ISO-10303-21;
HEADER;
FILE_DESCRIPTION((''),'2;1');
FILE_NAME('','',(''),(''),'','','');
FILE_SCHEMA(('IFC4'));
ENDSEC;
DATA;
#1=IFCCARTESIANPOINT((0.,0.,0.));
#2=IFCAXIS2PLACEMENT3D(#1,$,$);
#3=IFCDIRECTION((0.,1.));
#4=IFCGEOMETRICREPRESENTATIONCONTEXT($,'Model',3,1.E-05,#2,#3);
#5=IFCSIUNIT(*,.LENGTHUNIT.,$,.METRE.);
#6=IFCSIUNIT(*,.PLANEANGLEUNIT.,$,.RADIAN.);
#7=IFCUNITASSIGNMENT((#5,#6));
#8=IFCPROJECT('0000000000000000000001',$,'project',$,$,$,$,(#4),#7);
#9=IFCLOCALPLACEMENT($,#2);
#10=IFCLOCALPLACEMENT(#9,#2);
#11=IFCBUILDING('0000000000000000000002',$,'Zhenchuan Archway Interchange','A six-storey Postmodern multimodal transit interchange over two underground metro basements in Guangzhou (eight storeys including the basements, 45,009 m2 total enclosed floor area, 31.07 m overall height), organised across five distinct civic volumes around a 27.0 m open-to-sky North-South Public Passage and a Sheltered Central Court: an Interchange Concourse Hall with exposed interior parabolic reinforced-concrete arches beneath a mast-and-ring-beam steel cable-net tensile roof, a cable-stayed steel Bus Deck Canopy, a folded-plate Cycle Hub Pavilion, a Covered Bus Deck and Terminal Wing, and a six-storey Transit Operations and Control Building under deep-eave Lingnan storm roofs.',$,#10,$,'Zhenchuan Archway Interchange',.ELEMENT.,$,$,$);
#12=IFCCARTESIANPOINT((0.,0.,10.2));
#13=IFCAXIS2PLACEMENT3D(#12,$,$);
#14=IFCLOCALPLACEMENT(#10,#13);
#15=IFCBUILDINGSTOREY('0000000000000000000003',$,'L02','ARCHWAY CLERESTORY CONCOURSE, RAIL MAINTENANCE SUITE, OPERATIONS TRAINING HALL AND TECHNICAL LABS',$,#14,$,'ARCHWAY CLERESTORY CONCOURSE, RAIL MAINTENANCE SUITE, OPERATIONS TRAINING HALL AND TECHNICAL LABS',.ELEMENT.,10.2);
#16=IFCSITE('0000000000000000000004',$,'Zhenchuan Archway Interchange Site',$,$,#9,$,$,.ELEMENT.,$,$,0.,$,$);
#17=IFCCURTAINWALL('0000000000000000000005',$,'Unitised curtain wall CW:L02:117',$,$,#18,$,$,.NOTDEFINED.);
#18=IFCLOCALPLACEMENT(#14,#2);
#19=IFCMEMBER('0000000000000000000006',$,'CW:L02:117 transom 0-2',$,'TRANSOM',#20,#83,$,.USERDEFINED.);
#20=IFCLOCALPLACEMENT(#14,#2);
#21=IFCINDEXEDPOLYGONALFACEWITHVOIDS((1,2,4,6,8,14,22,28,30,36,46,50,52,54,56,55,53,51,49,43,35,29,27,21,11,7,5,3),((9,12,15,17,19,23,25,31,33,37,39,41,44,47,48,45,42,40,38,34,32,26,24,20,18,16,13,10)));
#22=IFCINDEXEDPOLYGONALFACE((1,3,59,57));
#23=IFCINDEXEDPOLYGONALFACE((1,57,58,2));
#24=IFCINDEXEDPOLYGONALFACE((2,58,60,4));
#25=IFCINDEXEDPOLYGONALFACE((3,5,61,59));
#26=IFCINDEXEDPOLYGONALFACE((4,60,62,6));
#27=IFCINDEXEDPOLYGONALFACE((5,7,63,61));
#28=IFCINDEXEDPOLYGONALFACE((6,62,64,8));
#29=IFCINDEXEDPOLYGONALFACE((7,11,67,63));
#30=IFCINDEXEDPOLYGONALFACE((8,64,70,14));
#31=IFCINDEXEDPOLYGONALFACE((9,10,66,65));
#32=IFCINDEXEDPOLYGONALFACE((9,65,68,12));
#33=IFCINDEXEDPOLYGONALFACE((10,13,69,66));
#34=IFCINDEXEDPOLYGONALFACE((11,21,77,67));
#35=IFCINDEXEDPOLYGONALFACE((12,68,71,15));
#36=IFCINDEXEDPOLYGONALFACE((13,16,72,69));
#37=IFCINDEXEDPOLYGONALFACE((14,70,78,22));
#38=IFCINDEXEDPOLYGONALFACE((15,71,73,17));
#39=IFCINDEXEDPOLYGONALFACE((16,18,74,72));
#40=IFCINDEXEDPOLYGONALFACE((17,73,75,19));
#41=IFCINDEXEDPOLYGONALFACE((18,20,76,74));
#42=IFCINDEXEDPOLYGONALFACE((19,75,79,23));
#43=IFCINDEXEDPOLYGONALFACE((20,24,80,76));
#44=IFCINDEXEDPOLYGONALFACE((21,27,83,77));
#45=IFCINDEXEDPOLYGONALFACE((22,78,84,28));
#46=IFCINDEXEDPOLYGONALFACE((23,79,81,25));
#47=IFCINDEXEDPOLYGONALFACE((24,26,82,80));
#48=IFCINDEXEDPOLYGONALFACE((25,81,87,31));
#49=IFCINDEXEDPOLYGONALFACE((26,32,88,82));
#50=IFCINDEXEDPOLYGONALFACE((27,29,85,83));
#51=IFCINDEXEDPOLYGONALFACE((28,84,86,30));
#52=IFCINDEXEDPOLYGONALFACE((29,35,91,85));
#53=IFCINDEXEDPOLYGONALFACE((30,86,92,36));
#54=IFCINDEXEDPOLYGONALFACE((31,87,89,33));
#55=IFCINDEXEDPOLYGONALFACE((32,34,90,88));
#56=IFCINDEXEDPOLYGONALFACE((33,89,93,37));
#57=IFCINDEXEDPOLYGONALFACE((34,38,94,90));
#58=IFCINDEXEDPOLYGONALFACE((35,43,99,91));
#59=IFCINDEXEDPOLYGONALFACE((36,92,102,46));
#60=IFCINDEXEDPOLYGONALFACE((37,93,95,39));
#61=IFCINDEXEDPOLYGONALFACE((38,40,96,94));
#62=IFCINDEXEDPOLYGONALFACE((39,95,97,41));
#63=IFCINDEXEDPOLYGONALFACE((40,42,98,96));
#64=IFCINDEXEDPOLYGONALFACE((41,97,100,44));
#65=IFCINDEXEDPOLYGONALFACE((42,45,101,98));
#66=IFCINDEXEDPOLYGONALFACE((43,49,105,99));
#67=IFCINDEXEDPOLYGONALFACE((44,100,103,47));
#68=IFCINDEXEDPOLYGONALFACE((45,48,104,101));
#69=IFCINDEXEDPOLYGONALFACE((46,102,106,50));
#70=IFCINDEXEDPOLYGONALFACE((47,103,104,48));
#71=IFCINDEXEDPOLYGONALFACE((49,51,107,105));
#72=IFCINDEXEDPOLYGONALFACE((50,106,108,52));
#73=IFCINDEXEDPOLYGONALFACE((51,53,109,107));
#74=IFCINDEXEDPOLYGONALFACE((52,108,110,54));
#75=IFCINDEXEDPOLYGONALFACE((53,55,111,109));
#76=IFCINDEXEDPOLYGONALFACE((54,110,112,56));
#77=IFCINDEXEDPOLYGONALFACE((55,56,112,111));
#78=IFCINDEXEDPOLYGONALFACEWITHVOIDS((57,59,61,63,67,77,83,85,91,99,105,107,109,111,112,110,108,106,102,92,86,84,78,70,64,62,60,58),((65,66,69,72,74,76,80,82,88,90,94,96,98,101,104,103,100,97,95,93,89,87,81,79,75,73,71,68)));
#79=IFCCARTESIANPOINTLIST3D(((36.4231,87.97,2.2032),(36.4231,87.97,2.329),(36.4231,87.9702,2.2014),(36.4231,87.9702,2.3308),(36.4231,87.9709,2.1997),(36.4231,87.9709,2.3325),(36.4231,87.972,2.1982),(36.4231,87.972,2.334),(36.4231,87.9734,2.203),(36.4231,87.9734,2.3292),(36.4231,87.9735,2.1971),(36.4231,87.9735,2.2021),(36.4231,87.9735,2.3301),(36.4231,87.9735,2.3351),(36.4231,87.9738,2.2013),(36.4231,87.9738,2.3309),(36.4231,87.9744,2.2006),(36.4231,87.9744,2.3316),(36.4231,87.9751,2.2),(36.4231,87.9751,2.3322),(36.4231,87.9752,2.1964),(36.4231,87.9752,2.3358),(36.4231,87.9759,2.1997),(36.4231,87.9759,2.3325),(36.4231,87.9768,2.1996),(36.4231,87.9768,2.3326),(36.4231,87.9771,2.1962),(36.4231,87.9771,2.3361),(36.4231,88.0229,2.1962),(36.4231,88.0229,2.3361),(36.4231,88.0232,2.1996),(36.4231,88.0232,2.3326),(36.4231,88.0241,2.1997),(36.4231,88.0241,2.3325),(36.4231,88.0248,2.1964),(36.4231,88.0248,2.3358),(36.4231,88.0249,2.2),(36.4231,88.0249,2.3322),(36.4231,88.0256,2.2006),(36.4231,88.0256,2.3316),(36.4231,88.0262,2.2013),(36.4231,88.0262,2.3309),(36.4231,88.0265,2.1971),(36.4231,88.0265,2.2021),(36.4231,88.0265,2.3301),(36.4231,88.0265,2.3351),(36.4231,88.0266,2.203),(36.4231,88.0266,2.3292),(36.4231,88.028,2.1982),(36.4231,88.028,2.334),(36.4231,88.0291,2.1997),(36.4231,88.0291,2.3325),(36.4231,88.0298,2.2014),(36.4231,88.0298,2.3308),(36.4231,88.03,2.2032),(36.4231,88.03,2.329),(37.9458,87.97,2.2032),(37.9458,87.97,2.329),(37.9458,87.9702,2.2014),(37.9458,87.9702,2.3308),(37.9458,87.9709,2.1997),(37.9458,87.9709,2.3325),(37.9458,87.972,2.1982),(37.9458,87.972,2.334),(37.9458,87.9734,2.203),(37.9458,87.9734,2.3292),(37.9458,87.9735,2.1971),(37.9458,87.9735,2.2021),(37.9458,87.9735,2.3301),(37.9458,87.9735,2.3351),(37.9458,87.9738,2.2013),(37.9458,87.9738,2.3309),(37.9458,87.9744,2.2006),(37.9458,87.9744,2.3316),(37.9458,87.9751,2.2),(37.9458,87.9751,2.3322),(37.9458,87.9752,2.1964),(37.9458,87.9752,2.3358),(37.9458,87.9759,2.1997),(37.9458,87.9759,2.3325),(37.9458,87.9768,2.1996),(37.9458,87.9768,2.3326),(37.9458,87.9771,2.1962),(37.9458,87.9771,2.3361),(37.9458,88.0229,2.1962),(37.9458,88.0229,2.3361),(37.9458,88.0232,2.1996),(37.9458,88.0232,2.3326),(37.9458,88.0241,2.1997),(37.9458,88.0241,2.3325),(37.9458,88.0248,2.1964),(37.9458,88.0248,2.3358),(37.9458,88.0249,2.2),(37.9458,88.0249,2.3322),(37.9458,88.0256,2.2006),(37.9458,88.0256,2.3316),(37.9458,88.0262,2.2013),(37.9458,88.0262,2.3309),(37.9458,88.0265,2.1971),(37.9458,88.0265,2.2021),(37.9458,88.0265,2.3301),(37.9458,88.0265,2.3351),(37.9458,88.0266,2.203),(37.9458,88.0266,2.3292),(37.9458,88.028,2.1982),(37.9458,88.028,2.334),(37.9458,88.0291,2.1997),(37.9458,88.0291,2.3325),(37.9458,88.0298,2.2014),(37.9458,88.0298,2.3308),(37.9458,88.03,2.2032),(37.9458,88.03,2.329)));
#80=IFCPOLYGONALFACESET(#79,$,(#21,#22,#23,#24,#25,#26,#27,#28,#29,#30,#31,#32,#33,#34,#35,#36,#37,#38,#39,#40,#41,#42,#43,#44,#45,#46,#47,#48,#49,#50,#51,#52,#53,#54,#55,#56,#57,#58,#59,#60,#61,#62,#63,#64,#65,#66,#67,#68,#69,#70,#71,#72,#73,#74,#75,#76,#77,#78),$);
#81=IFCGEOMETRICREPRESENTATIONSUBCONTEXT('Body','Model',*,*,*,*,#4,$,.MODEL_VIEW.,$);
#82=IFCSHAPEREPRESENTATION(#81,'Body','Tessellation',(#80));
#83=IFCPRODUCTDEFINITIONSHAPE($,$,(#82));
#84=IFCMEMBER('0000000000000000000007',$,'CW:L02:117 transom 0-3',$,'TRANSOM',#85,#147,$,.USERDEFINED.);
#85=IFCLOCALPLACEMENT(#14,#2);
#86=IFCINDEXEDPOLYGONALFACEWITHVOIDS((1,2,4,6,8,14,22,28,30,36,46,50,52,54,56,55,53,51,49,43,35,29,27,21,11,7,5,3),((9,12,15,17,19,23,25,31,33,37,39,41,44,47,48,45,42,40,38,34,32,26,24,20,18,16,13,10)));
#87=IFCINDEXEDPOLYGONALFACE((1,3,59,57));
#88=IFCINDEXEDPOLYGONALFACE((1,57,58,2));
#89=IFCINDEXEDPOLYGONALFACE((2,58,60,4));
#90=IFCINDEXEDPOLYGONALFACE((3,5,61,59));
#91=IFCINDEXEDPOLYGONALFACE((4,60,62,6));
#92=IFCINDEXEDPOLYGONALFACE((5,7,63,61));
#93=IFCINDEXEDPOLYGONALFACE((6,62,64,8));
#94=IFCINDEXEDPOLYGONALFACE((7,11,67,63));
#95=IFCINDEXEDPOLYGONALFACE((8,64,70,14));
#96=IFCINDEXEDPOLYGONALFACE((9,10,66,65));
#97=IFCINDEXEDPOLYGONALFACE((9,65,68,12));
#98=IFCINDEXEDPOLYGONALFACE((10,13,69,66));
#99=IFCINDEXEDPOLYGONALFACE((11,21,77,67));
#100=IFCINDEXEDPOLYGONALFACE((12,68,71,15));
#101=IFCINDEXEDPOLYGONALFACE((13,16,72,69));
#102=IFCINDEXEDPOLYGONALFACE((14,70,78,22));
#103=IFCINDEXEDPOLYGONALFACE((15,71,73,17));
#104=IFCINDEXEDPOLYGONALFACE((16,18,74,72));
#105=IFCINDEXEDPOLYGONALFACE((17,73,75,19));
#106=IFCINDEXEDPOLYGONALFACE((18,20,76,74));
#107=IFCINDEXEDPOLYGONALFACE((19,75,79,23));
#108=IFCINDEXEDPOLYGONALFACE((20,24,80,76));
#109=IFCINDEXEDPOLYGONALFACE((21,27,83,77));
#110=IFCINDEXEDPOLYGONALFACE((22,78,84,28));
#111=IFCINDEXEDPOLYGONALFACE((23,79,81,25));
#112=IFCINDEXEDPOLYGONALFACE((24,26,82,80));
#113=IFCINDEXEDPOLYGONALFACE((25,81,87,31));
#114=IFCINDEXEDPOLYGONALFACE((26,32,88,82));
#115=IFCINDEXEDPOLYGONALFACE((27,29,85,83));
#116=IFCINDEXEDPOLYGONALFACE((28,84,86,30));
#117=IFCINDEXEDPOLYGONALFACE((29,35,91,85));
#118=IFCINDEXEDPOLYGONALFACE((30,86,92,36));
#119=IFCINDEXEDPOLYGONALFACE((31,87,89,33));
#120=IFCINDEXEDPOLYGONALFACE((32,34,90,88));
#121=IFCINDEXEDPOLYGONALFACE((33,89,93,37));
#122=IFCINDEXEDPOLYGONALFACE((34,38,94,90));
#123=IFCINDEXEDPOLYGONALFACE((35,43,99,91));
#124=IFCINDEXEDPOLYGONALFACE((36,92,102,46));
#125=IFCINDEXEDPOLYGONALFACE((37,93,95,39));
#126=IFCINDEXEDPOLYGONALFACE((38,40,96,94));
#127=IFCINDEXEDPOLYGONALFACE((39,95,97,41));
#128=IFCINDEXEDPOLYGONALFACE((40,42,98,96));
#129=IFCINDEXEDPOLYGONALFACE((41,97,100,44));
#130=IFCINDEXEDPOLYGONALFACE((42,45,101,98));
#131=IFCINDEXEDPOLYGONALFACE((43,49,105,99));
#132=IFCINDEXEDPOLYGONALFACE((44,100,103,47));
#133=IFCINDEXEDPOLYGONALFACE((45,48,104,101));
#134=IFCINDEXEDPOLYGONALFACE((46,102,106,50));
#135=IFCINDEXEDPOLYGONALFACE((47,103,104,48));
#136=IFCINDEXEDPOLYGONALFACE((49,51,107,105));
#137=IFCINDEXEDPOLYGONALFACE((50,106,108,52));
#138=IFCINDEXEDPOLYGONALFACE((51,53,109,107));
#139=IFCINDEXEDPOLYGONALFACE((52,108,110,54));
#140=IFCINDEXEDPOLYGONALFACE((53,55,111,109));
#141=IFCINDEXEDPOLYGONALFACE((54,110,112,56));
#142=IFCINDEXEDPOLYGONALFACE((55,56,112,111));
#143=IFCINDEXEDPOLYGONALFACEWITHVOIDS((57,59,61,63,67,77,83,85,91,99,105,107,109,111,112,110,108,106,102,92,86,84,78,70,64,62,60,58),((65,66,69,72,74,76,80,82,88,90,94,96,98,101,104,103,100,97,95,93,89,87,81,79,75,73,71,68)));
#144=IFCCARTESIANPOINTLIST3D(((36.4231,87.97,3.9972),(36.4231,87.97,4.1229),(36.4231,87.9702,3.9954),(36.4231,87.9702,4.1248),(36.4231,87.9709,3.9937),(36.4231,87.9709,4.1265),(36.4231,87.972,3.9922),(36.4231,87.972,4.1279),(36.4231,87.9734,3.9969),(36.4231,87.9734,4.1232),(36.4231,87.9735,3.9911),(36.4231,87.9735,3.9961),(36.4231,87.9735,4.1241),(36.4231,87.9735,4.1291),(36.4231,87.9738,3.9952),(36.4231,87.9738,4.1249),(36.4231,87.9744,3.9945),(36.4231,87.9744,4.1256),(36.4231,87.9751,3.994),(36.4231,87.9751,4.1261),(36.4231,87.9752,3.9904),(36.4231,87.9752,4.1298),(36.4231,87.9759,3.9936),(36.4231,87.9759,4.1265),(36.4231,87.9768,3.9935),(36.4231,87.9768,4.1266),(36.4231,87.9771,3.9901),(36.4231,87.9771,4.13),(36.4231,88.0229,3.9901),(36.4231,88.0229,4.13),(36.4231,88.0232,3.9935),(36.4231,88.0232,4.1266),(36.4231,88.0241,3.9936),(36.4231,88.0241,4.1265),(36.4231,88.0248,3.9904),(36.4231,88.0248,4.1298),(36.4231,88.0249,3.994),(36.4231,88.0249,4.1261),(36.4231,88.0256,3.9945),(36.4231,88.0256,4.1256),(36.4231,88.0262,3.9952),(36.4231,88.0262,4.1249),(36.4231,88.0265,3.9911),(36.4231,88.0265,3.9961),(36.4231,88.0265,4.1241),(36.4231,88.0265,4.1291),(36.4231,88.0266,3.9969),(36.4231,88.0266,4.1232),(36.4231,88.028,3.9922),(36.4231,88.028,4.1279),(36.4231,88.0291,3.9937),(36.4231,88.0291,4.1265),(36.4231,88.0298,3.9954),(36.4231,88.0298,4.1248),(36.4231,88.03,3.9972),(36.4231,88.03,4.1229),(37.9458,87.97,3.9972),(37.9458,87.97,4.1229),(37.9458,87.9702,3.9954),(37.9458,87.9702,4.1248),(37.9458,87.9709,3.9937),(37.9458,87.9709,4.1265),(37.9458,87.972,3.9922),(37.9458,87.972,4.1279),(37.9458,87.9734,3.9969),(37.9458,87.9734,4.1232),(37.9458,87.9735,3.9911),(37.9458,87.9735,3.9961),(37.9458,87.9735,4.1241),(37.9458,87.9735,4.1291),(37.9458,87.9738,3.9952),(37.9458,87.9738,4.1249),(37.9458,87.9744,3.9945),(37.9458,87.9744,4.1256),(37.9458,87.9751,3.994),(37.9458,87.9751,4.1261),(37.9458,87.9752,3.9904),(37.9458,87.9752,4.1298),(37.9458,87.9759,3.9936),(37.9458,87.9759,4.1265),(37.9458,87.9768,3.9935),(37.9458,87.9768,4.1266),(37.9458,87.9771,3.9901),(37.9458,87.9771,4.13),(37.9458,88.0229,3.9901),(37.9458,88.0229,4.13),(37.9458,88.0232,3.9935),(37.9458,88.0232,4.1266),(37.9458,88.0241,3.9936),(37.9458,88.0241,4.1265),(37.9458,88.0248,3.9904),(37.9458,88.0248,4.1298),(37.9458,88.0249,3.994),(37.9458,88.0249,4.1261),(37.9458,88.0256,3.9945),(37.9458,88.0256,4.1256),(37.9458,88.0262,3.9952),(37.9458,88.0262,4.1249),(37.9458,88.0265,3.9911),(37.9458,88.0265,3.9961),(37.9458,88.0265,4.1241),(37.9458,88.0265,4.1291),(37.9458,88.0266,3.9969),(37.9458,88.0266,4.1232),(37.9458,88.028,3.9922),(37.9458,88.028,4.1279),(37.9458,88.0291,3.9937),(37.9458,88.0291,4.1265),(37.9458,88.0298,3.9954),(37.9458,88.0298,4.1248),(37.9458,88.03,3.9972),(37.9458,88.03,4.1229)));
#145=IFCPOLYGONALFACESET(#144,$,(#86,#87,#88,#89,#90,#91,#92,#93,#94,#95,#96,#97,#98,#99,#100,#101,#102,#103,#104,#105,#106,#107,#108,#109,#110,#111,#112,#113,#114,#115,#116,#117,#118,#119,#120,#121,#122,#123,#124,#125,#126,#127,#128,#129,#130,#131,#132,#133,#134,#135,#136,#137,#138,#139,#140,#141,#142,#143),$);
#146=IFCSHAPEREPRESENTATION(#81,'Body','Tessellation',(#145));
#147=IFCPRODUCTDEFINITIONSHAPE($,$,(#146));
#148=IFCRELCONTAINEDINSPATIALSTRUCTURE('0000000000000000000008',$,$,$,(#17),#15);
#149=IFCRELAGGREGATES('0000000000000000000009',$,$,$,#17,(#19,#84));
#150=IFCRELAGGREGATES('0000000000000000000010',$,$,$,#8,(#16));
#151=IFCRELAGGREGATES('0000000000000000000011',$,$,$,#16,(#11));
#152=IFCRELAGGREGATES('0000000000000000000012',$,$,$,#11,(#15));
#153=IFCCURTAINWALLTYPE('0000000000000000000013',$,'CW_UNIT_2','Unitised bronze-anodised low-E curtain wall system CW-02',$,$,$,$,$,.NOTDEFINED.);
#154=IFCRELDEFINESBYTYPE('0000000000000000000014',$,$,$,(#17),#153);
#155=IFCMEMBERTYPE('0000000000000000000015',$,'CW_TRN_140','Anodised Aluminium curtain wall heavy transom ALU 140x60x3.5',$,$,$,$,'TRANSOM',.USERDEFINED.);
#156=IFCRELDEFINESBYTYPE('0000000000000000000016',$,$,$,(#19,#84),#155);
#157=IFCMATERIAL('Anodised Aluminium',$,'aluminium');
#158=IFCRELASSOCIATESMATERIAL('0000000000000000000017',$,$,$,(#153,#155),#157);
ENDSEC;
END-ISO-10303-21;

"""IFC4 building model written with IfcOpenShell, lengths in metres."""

from ifc_helpers import new_model, si_unit, direction, frame, origin, origin_2d, place, context, subcontext, project, spatial, hollow_rectangle, extrude, material, material_profile, profile_set, type_object, element, aggregate, save


model = new_model("IFC4")

# Units and contexts
model_context = context("Model", 3, precision=1e-05, world=origin(), true_north=direction((0.0, 1.0)))
body_context = subcontext(model_context, "Body", "Model", "MODEL_VIEW")
ifc_project = project(units=[si_unit("LENGTHUNIT", "METRE"), si_unit("PLANEANGLEUNIT", "RADIAN")], contexts=[model_context])

# Site, building, storey
site_placement = place(None, origin())
site = spatial("IfcSite", under=ifc_project, at=site_placement, Name="Zhenchuan Archway Interchange Site", CompositionType="ELEMENT", RefElevation=0.0)
building_placement = place(site_placement, origin())
building = spatial("IfcBuilding", under=site, at=building_placement, Name="Zhenchuan Archway Interchange", Description="A six-storey Postmodern multimodal transit interchange over two underground metro basements in Guangzhou (eight storeys including the basements, 45,009 m2 total enclosed floor area, 31.07 m overall height), organised across five distinct civic volumes around a 27.0 m open-to-sky North-South Public Passage and a Sheltered Central Court: an Interchange Concourse Hall with exposed interior parabolic reinforced-concrete arches beneath a mast-and-ring-beam steel cable-net tensile roof, a cable-stayed steel Bus Deck Canopy, a folded-plate Cycle Hub Pavilion, a Covered Bus Deck and Terminal Wing, and a six-storey Transit Operations and Control Building under deep-eave Lingnan storm roofs.", LongName="Zhenchuan Archway Interchange", CompositionType="ELEMENT")
storey_placement = place(building_placement, frame((0.0, 0.0, 10.2)))
storey = spatial("IfcBuildingStorey", under=building, at=storey_placement, Name="L02", Description="ARCHWAY CLERESTORY CONCOURSE, RAIL MAINTENANCE SUITE, OPERATIONS TRAINING HALL AND TECHNICAL LABS", LongName="ARCHWAY CLERESTORY CONCOURSE, RAIL MAINTENANCE SUITE, OPERATIONS TRAINING HALL AND TECHNICAL LABS", CompositionType="ELEMENT", Elevation=10.2)

# Curtain wall
ifc_material_1 = material(Name="Anodised Aluminium", Category="aluminium")
curtain_wall_type_1 = type_object("IfcCurtainWallType", Name="CW_UNIT_2", Description="Unitised bronze-anodised low-E curtain wall system CW-02", PredefinedType="NOTDEFINED", material=ifc_material_1)
curtain_wall_1_placement = place(storey_placement, origin())
curtain_wall_1 = element("IfcCurtainWall", 1, at=curtain_wall_1_placement, inside=storey, type_object=curtain_wall_type_1, Name="Unitised curtain wall CW:L02:117", PredefinedType="NOTDEFINED")

# Members
ifc_material_profile_1 = material_profile(ifc_material_1, hollow_rectangle(XDim=0.0601, YDim=0.1399, WallThickness=0.0034, InnerFilletRadius=0.0034, OuterFilletRadius=0.0071, at=origin_2d()), Name="ALU 140x60x3.5")
ifc_profile_set_1 = profile_set([ifc_material_profile_1], Name="Anodised Aluminium")
member_type_1 = type_object("IfcMemberType", Name="CW_TRN_140", Description="Anodised Aluminium curtain wall heavy transom ALU 140x60x3.5", ElementType="TRANSOM", PredefinedType="USERDEFINED", material=ifc_profile_set_1)
member_1_placement = place(storey_placement, frame((36.4231, 88.0, 2.2661), z_axis=(1.0, 0.0, 0.0), x_axis=(0.0, 1.0, 0.0)))
member_1 = element("IfcMember", 2, at=member_1_placement, type_object=member_type_1, Name="CW:L02:117 transom 0-2", ObjectType="TRANSOM", PredefinedType="USERDEFINED", context=body_context, shape_type="SweptSolid", body=[
    extrude(hollow_rectangle(XDim=0.0601, YDim=0.1399, WallThickness=0.0034, InnerFilletRadius=0.0034, OuterFilletRadius=0.0071, at=origin_2d()), origin(), (0.0, 0.0, 1.0), 1.5227),
])
member_2_placement = place(storey_placement, frame((36.4231, 88.0, 4.0601), z_axis=(1.0, 0.0, 0.0), x_axis=(0.0, 1.0, 0.0)))
member_2 = element("IfcMember", 3, at=member_2_placement, type_object=member_type_1, Name="CW:L02:117 transom 0-3", ObjectType="TRANSOM", PredefinedType="USERDEFINED", context=body_context, shape_type="SweptSolid", body=[
    extrude(hollow_rectangle(XDim=0.0601, YDim=0.1399, WallThickness=0.0034, InnerFilletRadius=0.0034, OuterFilletRadius=0.0071, at=origin_2d()), origin(), (0.0, 0.0, 1.0), 1.5227),
])

aggregate(curtain_wall_1, [member_1, member_2])

save(model, "model.ifc")
